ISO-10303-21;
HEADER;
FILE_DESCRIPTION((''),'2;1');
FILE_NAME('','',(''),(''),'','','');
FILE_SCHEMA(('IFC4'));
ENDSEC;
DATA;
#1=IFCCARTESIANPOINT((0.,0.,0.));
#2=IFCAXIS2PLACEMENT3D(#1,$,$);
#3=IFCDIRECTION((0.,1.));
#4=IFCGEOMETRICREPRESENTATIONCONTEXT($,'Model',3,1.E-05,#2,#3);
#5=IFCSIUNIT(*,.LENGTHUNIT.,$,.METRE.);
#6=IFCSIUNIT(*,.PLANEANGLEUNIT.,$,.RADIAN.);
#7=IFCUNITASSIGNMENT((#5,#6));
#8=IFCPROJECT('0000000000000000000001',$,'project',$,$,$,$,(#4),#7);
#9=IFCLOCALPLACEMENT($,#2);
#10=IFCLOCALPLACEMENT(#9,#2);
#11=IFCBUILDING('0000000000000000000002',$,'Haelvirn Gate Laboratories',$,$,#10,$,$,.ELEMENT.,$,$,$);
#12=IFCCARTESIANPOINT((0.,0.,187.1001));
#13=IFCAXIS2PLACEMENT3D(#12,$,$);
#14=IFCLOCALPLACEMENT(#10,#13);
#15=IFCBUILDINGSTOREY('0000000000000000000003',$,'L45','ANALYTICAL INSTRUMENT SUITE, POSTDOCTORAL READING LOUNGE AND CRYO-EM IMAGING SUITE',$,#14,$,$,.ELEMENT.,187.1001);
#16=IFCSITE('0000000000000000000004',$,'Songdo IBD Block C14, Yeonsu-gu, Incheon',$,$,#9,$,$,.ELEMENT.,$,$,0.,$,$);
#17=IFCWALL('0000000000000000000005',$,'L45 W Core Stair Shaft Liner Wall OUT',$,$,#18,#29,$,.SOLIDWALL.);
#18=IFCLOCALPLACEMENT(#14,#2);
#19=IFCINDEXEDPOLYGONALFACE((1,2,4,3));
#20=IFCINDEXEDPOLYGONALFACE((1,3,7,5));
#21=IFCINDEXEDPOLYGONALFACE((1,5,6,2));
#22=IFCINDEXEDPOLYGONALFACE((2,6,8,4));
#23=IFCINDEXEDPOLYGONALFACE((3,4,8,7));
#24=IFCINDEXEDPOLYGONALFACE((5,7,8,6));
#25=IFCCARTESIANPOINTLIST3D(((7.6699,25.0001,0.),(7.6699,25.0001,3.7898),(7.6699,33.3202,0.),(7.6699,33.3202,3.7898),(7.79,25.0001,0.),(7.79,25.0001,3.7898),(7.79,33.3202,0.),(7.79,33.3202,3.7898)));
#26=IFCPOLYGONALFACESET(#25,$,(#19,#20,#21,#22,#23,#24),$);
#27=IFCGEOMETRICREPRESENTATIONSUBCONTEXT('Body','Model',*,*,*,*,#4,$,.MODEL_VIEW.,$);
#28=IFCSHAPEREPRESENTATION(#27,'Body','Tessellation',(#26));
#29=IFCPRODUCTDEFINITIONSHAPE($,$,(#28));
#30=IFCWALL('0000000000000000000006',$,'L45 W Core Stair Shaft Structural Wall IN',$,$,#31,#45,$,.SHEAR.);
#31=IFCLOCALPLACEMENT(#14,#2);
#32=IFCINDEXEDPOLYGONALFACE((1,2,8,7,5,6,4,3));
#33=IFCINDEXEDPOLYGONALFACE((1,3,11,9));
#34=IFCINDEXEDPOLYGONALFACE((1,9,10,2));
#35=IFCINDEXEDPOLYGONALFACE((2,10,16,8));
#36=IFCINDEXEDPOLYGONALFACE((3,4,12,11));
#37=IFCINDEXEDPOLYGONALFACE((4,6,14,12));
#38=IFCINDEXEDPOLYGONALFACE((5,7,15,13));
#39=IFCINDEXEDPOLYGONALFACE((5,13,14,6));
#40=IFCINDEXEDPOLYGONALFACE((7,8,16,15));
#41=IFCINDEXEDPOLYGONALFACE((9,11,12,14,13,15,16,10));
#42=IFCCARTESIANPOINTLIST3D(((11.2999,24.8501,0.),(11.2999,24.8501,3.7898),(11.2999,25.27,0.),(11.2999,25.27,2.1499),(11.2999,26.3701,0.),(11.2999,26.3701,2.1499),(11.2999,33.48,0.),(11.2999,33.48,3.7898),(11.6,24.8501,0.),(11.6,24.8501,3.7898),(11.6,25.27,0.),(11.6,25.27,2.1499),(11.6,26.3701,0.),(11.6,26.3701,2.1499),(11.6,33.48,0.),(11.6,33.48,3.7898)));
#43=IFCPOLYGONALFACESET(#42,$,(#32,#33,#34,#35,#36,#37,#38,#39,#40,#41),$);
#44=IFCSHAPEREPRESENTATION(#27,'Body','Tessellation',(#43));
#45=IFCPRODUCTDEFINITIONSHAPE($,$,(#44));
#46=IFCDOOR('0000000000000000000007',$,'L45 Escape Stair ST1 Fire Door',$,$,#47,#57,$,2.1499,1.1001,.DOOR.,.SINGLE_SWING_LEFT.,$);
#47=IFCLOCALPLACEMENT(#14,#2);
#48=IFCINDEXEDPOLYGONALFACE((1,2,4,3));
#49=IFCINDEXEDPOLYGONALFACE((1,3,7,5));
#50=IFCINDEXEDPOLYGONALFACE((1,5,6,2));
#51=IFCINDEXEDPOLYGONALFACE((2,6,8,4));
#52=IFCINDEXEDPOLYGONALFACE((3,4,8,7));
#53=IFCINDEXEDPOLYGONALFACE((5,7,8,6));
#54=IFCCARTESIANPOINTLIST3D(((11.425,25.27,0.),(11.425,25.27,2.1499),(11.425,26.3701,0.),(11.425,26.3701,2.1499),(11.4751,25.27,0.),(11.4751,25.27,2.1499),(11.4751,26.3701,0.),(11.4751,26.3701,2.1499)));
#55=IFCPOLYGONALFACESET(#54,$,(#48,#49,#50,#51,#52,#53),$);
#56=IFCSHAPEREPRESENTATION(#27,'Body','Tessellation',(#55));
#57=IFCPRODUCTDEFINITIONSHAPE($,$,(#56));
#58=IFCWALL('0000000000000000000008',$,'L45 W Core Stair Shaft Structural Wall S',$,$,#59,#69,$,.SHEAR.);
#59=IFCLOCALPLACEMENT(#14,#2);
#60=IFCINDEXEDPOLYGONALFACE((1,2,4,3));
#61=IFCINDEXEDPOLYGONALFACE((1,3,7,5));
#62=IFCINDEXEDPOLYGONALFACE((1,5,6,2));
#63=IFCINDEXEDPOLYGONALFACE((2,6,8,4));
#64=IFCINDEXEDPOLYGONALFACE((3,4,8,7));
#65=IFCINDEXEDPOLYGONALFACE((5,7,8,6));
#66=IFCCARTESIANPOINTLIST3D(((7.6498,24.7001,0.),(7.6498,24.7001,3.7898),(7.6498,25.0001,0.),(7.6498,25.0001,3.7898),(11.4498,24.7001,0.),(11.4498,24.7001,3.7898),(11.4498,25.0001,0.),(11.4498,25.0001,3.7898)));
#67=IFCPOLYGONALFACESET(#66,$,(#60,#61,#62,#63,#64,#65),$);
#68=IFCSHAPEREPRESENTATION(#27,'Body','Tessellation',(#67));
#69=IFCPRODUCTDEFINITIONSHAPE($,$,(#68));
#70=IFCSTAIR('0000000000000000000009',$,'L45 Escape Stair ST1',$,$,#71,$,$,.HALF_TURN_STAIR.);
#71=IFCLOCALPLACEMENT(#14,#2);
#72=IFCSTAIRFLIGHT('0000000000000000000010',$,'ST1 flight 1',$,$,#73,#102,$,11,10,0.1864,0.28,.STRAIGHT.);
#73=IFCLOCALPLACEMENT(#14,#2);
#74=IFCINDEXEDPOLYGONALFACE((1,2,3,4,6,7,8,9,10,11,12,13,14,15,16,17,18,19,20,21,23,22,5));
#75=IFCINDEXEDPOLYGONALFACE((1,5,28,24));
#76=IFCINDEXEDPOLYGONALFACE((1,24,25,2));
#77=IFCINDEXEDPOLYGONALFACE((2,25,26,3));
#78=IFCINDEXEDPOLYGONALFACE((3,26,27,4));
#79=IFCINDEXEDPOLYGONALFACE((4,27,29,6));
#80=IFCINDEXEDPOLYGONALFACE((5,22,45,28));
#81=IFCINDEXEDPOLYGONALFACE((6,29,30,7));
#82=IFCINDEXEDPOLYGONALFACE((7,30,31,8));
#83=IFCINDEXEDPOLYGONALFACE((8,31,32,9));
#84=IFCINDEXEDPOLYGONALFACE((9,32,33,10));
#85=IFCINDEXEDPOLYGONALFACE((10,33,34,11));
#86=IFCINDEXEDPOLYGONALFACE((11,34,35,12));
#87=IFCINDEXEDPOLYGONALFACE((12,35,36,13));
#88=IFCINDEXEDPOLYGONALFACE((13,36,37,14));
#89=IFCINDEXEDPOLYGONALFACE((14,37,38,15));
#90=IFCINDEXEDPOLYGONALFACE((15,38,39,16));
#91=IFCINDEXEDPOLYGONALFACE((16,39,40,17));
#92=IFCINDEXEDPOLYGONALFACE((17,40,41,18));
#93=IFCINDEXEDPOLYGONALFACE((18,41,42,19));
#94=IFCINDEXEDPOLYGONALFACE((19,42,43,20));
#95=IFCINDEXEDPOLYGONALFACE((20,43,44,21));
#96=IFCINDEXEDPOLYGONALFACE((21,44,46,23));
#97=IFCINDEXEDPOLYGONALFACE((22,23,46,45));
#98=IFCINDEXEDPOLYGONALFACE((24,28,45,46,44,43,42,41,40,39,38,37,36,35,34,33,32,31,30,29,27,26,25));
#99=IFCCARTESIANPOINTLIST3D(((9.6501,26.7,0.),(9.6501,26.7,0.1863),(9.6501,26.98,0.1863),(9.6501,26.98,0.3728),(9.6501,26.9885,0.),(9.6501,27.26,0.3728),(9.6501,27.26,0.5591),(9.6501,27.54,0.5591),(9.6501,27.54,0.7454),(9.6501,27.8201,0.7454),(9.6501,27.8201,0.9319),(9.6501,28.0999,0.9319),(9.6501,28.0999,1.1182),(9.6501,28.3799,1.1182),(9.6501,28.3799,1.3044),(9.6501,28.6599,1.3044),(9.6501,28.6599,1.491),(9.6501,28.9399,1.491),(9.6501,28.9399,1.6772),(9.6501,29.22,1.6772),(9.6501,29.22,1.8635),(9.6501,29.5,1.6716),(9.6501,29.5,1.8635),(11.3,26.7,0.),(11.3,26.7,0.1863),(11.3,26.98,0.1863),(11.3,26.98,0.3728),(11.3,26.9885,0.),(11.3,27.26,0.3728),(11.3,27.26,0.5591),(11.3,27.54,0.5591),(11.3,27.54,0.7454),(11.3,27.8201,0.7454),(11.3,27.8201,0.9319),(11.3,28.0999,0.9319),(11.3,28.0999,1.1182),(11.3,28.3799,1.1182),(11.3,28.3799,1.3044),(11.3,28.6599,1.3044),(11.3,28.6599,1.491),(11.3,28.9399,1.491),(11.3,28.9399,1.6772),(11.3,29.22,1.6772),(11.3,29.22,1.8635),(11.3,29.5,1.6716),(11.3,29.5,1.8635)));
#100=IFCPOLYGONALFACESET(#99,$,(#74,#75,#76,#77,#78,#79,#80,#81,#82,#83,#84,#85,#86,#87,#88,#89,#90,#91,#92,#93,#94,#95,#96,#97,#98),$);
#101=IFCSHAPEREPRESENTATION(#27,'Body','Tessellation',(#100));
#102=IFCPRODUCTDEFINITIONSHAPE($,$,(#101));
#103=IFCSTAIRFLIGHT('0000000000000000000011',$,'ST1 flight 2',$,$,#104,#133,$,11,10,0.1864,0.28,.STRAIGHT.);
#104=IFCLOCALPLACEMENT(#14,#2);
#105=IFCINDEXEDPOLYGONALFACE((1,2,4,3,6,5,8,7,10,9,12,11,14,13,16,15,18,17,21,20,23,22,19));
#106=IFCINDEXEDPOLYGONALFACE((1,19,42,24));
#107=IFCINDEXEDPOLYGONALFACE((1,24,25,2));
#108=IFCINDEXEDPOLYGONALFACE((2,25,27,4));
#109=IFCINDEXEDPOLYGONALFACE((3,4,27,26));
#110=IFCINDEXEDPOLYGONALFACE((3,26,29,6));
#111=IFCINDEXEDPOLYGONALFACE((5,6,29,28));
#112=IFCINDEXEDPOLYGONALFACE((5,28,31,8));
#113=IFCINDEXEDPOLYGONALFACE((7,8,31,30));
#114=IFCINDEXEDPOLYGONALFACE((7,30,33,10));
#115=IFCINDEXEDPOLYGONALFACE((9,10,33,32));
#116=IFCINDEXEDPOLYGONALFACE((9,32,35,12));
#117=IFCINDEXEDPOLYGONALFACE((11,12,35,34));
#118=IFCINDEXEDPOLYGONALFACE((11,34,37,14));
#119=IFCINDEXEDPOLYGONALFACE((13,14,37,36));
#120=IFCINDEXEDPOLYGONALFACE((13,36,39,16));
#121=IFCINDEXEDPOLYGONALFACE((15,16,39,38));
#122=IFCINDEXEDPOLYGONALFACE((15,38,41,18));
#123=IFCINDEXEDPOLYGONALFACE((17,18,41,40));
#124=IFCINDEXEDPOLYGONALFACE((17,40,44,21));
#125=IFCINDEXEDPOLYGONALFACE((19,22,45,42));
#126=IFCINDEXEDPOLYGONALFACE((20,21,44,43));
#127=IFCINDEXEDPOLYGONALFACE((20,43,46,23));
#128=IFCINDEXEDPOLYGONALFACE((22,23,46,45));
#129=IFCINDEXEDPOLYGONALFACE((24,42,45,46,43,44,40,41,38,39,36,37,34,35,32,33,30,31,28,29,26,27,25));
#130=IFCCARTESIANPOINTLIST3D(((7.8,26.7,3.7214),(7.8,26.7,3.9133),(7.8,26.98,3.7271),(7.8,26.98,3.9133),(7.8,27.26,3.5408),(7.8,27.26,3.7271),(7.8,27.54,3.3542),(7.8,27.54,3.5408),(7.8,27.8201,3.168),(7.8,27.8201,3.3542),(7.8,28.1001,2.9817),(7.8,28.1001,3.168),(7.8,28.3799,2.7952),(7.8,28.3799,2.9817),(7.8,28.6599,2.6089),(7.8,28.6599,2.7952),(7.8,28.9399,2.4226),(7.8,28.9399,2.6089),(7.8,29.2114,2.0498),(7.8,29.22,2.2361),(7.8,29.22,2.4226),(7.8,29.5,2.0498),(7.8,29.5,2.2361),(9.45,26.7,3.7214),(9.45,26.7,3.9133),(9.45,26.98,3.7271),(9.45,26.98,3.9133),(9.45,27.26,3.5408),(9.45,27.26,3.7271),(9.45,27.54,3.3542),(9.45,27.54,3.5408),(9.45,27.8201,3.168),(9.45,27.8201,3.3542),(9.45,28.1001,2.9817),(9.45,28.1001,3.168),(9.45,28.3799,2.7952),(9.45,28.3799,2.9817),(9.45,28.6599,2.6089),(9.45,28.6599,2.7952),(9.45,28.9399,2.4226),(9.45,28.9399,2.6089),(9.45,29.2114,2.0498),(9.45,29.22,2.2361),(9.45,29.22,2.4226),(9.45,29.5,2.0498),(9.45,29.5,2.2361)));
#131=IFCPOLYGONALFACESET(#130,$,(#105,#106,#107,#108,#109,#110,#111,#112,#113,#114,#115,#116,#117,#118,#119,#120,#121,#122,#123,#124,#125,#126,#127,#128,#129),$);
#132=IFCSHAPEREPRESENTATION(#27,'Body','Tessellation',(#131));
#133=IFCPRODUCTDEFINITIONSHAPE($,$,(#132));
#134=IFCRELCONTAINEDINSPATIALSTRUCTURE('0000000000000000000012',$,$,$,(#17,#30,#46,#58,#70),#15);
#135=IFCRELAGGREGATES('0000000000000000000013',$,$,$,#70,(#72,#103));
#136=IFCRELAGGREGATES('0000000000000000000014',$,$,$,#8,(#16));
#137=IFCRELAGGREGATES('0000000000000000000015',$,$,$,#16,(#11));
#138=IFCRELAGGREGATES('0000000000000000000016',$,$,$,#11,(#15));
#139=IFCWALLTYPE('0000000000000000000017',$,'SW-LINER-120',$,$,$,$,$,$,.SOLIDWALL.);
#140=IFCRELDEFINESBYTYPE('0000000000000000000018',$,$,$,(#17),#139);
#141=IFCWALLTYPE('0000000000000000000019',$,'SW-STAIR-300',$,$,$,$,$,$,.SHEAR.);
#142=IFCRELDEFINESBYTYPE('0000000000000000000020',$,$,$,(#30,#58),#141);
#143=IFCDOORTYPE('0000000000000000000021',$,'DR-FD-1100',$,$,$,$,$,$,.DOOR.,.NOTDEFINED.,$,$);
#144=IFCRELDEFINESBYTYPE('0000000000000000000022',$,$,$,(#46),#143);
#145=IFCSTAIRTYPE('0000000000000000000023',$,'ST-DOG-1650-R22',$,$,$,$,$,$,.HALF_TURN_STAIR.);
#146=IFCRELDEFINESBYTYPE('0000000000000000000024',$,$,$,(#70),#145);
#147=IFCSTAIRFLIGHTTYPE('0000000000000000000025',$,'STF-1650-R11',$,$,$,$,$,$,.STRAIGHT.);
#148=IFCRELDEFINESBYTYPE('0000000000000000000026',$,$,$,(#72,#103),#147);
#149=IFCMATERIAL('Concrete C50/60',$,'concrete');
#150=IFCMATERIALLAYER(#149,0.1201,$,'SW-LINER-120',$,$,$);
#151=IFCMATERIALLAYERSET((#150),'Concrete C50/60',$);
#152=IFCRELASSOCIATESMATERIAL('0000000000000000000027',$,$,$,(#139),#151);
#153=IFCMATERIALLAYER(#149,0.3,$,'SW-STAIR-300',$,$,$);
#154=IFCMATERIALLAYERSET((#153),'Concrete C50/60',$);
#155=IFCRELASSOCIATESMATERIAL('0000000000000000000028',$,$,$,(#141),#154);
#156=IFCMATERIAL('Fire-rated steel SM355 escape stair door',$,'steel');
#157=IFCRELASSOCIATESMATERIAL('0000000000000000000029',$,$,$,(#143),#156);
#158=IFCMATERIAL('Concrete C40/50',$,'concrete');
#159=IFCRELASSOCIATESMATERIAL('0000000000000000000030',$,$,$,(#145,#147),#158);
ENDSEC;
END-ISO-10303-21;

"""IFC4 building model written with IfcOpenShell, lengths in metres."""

from ifc_helpers import new_model, si_unit, direction, frame, frame_2d, origin, place, context, subcontext, project, spatial, polyline, rectangle, outline, extrude, source, transform, mapped, material, layer, layer_set, type_object, type_shapes, element, fill, aggregate, save


model = new_model("IFC4")

# Units and contexts
model_context = context("Model", 3, precision=1e-05, world=origin(), true_north=direction((0.0, 1.0)))
body_context = subcontext(model_context, "Body", "Model", "MODEL_VIEW")
ifc_project = project(units=[si_unit("LENGTHUNIT", "METRE"), si_unit("PLANEANGLEUNIT", "RADIAN")], contexts=[model_context])

# Site, building, storey
site_placement = place(None, origin())
site = spatial("IfcSite", under=ifc_project, at=site_placement, Name="Songdo IBD Block C14, Yeonsu-gu, Incheon", CompositionType="ELEMENT", RefElevation=0.0)
building_placement = place(site_placement, origin())
building = spatial("IfcBuilding", under=site, at=building_placement, Name="Haelvirn Gate Laboratories", CompositionType="ELEMENT")
storey_placement = place(building_placement, frame((0.0, 0.0, 187.1001)))
storey = spatial("IfcBuildingStorey", under=building, at=storey_placement, Name="L45", Description="ANALYTICAL INSTRUMENT SUITE, POSTDOCTORAL READING LOUNGE AND CRYO-EM IMAGING SUITE", CompositionType="ELEMENT", Elevation=187.1001)

# Shared definitions
ifc_material_1 = material(Name="Concrete C50/60", Category="concrete")

# Shared definitions
ifc_material_2 = material(Name="Concrete C40/50", Category="concrete")

# Wall
ifc_layer_1 = layer(ifc_material_1, 0.1201, Name="SW-LINER-120")
ifc_layer_set_1 = layer_set([ifc_layer_1], Name="Concrete C50/60")
wall_type_1 = type_object("IfcWallType", Name="SW-LINER-120", PredefinedType="SOLIDWALL", material=ifc_layer_set_1)
wall_1_placement = place(storey_placement, frame((7.73, 25.0, 0.0), z_axis=(0.0, 0.0, 1.0), x_axis=(0.0, 1.0, 0.0)))
element("IfcWall", 1, at=wall_1_placement, inside=storey, type_object=wall_type_1, Name="L45 W Core Stair Shaft Liner Wall OUT", PredefinedType="SOLIDWALL", context=body_context, shape_type="SweptSolid", body=[
    extrude(rectangle(XDim=8.3201, YDim=0.1201, at=frame_2d((4.1602, 0.0))), origin(), (0.0, 0.0, 1.0), 3.7898),
])

# Wall, opening, door
ifc_layer_2 = layer(ifc_material_1, 0.3, Name="SW-STAIR-300")
ifc_layer_set_2 = layer_set([ifc_layer_2], Name="Concrete C50/60")
wall_type_2 = type_object("IfcWallType", Name="SW-STAIR-300", PredefinedType="SHEAR", material=ifc_layer_set_2)
wall_2_placement = place(storey_placement, frame((11.45, 24.8501, 0.0), z_axis=(0.0, 0.0, 1.0), x_axis=(0.0, 1.0, 0.0)))
wall_2 = element("IfcWall", 2, at=wall_2_placement, inside=storey, type_object=wall_type_2, Name="L45 W Core Stair Shaft Structural Wall IN", PredefinedType="SHEAR", context=body_context, shape_type="SweptSolid", body=[
    extrude(rectangle(XDim=8.6299, YDim=0.3, at=frame_2d((4.3149, 0.0))), origin(), (0.0, 0.0, 1.0), 3.7898),
])
opening_1_placement = place(wall_2_placement, frame((0.4199, 0.0, 0.0)))
opening_1 = element("IfcOpeningElement", 3, at=opening_1_placement, cuts=wall_2, PredefinedType="OPENING", context=body_context, shape_type="SweptSolid", body=[
    extrude(rectangle(XDim=1.1001, YDim=2.1499, at=frame_2d((0.55, 1.075))), frame((0.0, 0.1602, 0.0), z_axis=(0.0, -1.0, 0.0), x_axis=(1.0, 0.0, 0.0)), (0.0, 0.0, 1.0), 0.3201),
])
ifc_material_3 = material(Name="Fire-rated steel SM355 escape stair door", Category="steel")
door_type_1 = type_object("IfcDoorType", Name="DR-FD-1100", OperationType="NOTDEFINED", PredefinedType="DOOR", material=ifc_material_3)
shared_shape_1 = source(origin(), body_context, "Body", "SweptSolid", [
    extrude(rectangle(XDim=1.1001, YDim=2.1499, at=frame_2d((0.55, 1.075))), frame((0.0, 0.0249, 0.0), z_axis=(0.0, -1.0, 0.0), x_axis=(1.0, 0.0, 0.0)), (0.0, 0.0, 1.0), 0.05),
])
type_shapes(door_type_1, [shared_shape_1])
door_1_placement = place(opening_1_placement, origin())
door_1 = element("IfcDoor", 4, at=door_1_placement, inside=storey, type_object=door_type_1, Name="L45 Escape Stair ST1 Fire Door", OperationType="SINGLE_SWING_LEFT", OverallHeight=2.1499, OverallWidth=1.1001, PredefinedType="DOOR", context=body_context, shape_type="MappedRepresentation", body=[
    mapped(shared_shape_1, transform((0.0, 0.0, 0.0), scale=1.0)),
])
fill(opening_1, door_1)

# Wall
wall_3_placement = place(storey_placement, frame((7.6499, 24.8501, 0.0), z_axis=(0.0, 0.0, 1.0), x_axis=(1.0, 0.0, 0.0)))
element("IfcWall", 5, at=wall_3_placement, inside=storey, type_object=wall_type_2, Name="L45 W Core Stair Shaft Structural Wall S", PredefinedType="SHEAR", context=body_context, shape_type="SweptSolid", body=[
    extrude(rectangle(XDim=3.8, YDim=0.3, at=frame_2d((1.8999, 0.0))), origin(), (0.0, 0.0, 1.0), 3.7898),
])

# Stair, stair flights
stair_type = type_object("IfcStairType", Name="ST-DOG-1650-R22", PredefinedType="HALF_TURN_STAIR", material=ifc_material_2)
stair_placement = place(storey_placement, origin())
stair = element("IfcStair", 6, at=stair_placement, inside=storey, type_object=stair_type, Name="L45 Escape Stair ST1", PredefinedType="HALF_TURN_STAIR")
stair_flight_type = type_object("IfcStairFlightType", Name="STF-1650-R11", PredefinedType="STRAIGHT", material=ifc_material_2)
shared_shape_2 = source(origin(), body_context, "Body", "SweptSolid", [
    extrude(outline(polyline([(0.0, 0.0), (0.0, 0.1863), (0.28, 0.1863), (0.28, 0.3728), (0.5601, 0.3728), (0.5601, 0.5591), (0.8401, 0.5591), (0.8401, 0.7454), (1.1201, 0.7454), (1.1201, 0.9319), (1.3999, 0.9319), (1.3999, 1.1182), (1.6799, 1.1182), (1.6799, 1.3044), (1.96, 1.3044), (1.96, 1.491), (2.24, 1.491), (2.24, 1.6772), (2.52, 1.6772), (2.52, 1.8635), (2.8, 1.8635), (2.8, 2.05), (2.8, 1.6716), (0.2886, 0.0), (0.0, 0.0)])), frame((0.0, 0.825, 0.0), z_axis=(0.0, -1.0, 0.0), x_axis=(1.0, 0.0, 0.0)), (0.0, 0.0, 1.0), 1.6499),
])
type_shapes(stair_flight_type, [shared_shape_2])
stair_flight_1_placement = place(storey_placement, frame((10.4751, 26.7, 0.0), z_axis=(0.0, 0.0, 1.0), x_axis=(0.0, 1.0, 0.0)))
stair_flight_1 = element("IfcStairFlight", 7, at=stair_flight_1_placement, type_object=stair_flight_type, Name="ST1 flight 1", NumberOfRisers=11, NumberOfTreads=10, PredefinedType="STRAIGHT", RiserHeight=0.1864, TreadLength=0.28, context=body_context, shape_type="MappedRepresentation", body=[
    mapped(shared_shape_2, transform((0.0, 0.0, 0.0), scale=1.0)),
])
stair_flight_2_placement = place(storey_placement, frame((8.625, 29.5, 2.0498), z_axis=(0.0, 0.0, 1.0), x_axis=(0.0, -1.0, 0.0)))
stair_flight_2 = element("IfcStairFlight", 8, at=stair_flight_2_placement, type_object=stair_flight_type, Name="ST1 flight 2", NumberOfRisers=11, NumberOfTreads=10, PredefinedType="STRAIGHT", RiserHeight=0.1864, TreadLength=0.28, context=body_context, shape_type="MappedRepresentation", body=[
    mapped(shared_shape_2, transform((0.0, 0.0, 0.0), scale=1.0)),
])
aggregate(stair, [stair_flight_1, stair_flight_2])

save(model, "model.ifc")
